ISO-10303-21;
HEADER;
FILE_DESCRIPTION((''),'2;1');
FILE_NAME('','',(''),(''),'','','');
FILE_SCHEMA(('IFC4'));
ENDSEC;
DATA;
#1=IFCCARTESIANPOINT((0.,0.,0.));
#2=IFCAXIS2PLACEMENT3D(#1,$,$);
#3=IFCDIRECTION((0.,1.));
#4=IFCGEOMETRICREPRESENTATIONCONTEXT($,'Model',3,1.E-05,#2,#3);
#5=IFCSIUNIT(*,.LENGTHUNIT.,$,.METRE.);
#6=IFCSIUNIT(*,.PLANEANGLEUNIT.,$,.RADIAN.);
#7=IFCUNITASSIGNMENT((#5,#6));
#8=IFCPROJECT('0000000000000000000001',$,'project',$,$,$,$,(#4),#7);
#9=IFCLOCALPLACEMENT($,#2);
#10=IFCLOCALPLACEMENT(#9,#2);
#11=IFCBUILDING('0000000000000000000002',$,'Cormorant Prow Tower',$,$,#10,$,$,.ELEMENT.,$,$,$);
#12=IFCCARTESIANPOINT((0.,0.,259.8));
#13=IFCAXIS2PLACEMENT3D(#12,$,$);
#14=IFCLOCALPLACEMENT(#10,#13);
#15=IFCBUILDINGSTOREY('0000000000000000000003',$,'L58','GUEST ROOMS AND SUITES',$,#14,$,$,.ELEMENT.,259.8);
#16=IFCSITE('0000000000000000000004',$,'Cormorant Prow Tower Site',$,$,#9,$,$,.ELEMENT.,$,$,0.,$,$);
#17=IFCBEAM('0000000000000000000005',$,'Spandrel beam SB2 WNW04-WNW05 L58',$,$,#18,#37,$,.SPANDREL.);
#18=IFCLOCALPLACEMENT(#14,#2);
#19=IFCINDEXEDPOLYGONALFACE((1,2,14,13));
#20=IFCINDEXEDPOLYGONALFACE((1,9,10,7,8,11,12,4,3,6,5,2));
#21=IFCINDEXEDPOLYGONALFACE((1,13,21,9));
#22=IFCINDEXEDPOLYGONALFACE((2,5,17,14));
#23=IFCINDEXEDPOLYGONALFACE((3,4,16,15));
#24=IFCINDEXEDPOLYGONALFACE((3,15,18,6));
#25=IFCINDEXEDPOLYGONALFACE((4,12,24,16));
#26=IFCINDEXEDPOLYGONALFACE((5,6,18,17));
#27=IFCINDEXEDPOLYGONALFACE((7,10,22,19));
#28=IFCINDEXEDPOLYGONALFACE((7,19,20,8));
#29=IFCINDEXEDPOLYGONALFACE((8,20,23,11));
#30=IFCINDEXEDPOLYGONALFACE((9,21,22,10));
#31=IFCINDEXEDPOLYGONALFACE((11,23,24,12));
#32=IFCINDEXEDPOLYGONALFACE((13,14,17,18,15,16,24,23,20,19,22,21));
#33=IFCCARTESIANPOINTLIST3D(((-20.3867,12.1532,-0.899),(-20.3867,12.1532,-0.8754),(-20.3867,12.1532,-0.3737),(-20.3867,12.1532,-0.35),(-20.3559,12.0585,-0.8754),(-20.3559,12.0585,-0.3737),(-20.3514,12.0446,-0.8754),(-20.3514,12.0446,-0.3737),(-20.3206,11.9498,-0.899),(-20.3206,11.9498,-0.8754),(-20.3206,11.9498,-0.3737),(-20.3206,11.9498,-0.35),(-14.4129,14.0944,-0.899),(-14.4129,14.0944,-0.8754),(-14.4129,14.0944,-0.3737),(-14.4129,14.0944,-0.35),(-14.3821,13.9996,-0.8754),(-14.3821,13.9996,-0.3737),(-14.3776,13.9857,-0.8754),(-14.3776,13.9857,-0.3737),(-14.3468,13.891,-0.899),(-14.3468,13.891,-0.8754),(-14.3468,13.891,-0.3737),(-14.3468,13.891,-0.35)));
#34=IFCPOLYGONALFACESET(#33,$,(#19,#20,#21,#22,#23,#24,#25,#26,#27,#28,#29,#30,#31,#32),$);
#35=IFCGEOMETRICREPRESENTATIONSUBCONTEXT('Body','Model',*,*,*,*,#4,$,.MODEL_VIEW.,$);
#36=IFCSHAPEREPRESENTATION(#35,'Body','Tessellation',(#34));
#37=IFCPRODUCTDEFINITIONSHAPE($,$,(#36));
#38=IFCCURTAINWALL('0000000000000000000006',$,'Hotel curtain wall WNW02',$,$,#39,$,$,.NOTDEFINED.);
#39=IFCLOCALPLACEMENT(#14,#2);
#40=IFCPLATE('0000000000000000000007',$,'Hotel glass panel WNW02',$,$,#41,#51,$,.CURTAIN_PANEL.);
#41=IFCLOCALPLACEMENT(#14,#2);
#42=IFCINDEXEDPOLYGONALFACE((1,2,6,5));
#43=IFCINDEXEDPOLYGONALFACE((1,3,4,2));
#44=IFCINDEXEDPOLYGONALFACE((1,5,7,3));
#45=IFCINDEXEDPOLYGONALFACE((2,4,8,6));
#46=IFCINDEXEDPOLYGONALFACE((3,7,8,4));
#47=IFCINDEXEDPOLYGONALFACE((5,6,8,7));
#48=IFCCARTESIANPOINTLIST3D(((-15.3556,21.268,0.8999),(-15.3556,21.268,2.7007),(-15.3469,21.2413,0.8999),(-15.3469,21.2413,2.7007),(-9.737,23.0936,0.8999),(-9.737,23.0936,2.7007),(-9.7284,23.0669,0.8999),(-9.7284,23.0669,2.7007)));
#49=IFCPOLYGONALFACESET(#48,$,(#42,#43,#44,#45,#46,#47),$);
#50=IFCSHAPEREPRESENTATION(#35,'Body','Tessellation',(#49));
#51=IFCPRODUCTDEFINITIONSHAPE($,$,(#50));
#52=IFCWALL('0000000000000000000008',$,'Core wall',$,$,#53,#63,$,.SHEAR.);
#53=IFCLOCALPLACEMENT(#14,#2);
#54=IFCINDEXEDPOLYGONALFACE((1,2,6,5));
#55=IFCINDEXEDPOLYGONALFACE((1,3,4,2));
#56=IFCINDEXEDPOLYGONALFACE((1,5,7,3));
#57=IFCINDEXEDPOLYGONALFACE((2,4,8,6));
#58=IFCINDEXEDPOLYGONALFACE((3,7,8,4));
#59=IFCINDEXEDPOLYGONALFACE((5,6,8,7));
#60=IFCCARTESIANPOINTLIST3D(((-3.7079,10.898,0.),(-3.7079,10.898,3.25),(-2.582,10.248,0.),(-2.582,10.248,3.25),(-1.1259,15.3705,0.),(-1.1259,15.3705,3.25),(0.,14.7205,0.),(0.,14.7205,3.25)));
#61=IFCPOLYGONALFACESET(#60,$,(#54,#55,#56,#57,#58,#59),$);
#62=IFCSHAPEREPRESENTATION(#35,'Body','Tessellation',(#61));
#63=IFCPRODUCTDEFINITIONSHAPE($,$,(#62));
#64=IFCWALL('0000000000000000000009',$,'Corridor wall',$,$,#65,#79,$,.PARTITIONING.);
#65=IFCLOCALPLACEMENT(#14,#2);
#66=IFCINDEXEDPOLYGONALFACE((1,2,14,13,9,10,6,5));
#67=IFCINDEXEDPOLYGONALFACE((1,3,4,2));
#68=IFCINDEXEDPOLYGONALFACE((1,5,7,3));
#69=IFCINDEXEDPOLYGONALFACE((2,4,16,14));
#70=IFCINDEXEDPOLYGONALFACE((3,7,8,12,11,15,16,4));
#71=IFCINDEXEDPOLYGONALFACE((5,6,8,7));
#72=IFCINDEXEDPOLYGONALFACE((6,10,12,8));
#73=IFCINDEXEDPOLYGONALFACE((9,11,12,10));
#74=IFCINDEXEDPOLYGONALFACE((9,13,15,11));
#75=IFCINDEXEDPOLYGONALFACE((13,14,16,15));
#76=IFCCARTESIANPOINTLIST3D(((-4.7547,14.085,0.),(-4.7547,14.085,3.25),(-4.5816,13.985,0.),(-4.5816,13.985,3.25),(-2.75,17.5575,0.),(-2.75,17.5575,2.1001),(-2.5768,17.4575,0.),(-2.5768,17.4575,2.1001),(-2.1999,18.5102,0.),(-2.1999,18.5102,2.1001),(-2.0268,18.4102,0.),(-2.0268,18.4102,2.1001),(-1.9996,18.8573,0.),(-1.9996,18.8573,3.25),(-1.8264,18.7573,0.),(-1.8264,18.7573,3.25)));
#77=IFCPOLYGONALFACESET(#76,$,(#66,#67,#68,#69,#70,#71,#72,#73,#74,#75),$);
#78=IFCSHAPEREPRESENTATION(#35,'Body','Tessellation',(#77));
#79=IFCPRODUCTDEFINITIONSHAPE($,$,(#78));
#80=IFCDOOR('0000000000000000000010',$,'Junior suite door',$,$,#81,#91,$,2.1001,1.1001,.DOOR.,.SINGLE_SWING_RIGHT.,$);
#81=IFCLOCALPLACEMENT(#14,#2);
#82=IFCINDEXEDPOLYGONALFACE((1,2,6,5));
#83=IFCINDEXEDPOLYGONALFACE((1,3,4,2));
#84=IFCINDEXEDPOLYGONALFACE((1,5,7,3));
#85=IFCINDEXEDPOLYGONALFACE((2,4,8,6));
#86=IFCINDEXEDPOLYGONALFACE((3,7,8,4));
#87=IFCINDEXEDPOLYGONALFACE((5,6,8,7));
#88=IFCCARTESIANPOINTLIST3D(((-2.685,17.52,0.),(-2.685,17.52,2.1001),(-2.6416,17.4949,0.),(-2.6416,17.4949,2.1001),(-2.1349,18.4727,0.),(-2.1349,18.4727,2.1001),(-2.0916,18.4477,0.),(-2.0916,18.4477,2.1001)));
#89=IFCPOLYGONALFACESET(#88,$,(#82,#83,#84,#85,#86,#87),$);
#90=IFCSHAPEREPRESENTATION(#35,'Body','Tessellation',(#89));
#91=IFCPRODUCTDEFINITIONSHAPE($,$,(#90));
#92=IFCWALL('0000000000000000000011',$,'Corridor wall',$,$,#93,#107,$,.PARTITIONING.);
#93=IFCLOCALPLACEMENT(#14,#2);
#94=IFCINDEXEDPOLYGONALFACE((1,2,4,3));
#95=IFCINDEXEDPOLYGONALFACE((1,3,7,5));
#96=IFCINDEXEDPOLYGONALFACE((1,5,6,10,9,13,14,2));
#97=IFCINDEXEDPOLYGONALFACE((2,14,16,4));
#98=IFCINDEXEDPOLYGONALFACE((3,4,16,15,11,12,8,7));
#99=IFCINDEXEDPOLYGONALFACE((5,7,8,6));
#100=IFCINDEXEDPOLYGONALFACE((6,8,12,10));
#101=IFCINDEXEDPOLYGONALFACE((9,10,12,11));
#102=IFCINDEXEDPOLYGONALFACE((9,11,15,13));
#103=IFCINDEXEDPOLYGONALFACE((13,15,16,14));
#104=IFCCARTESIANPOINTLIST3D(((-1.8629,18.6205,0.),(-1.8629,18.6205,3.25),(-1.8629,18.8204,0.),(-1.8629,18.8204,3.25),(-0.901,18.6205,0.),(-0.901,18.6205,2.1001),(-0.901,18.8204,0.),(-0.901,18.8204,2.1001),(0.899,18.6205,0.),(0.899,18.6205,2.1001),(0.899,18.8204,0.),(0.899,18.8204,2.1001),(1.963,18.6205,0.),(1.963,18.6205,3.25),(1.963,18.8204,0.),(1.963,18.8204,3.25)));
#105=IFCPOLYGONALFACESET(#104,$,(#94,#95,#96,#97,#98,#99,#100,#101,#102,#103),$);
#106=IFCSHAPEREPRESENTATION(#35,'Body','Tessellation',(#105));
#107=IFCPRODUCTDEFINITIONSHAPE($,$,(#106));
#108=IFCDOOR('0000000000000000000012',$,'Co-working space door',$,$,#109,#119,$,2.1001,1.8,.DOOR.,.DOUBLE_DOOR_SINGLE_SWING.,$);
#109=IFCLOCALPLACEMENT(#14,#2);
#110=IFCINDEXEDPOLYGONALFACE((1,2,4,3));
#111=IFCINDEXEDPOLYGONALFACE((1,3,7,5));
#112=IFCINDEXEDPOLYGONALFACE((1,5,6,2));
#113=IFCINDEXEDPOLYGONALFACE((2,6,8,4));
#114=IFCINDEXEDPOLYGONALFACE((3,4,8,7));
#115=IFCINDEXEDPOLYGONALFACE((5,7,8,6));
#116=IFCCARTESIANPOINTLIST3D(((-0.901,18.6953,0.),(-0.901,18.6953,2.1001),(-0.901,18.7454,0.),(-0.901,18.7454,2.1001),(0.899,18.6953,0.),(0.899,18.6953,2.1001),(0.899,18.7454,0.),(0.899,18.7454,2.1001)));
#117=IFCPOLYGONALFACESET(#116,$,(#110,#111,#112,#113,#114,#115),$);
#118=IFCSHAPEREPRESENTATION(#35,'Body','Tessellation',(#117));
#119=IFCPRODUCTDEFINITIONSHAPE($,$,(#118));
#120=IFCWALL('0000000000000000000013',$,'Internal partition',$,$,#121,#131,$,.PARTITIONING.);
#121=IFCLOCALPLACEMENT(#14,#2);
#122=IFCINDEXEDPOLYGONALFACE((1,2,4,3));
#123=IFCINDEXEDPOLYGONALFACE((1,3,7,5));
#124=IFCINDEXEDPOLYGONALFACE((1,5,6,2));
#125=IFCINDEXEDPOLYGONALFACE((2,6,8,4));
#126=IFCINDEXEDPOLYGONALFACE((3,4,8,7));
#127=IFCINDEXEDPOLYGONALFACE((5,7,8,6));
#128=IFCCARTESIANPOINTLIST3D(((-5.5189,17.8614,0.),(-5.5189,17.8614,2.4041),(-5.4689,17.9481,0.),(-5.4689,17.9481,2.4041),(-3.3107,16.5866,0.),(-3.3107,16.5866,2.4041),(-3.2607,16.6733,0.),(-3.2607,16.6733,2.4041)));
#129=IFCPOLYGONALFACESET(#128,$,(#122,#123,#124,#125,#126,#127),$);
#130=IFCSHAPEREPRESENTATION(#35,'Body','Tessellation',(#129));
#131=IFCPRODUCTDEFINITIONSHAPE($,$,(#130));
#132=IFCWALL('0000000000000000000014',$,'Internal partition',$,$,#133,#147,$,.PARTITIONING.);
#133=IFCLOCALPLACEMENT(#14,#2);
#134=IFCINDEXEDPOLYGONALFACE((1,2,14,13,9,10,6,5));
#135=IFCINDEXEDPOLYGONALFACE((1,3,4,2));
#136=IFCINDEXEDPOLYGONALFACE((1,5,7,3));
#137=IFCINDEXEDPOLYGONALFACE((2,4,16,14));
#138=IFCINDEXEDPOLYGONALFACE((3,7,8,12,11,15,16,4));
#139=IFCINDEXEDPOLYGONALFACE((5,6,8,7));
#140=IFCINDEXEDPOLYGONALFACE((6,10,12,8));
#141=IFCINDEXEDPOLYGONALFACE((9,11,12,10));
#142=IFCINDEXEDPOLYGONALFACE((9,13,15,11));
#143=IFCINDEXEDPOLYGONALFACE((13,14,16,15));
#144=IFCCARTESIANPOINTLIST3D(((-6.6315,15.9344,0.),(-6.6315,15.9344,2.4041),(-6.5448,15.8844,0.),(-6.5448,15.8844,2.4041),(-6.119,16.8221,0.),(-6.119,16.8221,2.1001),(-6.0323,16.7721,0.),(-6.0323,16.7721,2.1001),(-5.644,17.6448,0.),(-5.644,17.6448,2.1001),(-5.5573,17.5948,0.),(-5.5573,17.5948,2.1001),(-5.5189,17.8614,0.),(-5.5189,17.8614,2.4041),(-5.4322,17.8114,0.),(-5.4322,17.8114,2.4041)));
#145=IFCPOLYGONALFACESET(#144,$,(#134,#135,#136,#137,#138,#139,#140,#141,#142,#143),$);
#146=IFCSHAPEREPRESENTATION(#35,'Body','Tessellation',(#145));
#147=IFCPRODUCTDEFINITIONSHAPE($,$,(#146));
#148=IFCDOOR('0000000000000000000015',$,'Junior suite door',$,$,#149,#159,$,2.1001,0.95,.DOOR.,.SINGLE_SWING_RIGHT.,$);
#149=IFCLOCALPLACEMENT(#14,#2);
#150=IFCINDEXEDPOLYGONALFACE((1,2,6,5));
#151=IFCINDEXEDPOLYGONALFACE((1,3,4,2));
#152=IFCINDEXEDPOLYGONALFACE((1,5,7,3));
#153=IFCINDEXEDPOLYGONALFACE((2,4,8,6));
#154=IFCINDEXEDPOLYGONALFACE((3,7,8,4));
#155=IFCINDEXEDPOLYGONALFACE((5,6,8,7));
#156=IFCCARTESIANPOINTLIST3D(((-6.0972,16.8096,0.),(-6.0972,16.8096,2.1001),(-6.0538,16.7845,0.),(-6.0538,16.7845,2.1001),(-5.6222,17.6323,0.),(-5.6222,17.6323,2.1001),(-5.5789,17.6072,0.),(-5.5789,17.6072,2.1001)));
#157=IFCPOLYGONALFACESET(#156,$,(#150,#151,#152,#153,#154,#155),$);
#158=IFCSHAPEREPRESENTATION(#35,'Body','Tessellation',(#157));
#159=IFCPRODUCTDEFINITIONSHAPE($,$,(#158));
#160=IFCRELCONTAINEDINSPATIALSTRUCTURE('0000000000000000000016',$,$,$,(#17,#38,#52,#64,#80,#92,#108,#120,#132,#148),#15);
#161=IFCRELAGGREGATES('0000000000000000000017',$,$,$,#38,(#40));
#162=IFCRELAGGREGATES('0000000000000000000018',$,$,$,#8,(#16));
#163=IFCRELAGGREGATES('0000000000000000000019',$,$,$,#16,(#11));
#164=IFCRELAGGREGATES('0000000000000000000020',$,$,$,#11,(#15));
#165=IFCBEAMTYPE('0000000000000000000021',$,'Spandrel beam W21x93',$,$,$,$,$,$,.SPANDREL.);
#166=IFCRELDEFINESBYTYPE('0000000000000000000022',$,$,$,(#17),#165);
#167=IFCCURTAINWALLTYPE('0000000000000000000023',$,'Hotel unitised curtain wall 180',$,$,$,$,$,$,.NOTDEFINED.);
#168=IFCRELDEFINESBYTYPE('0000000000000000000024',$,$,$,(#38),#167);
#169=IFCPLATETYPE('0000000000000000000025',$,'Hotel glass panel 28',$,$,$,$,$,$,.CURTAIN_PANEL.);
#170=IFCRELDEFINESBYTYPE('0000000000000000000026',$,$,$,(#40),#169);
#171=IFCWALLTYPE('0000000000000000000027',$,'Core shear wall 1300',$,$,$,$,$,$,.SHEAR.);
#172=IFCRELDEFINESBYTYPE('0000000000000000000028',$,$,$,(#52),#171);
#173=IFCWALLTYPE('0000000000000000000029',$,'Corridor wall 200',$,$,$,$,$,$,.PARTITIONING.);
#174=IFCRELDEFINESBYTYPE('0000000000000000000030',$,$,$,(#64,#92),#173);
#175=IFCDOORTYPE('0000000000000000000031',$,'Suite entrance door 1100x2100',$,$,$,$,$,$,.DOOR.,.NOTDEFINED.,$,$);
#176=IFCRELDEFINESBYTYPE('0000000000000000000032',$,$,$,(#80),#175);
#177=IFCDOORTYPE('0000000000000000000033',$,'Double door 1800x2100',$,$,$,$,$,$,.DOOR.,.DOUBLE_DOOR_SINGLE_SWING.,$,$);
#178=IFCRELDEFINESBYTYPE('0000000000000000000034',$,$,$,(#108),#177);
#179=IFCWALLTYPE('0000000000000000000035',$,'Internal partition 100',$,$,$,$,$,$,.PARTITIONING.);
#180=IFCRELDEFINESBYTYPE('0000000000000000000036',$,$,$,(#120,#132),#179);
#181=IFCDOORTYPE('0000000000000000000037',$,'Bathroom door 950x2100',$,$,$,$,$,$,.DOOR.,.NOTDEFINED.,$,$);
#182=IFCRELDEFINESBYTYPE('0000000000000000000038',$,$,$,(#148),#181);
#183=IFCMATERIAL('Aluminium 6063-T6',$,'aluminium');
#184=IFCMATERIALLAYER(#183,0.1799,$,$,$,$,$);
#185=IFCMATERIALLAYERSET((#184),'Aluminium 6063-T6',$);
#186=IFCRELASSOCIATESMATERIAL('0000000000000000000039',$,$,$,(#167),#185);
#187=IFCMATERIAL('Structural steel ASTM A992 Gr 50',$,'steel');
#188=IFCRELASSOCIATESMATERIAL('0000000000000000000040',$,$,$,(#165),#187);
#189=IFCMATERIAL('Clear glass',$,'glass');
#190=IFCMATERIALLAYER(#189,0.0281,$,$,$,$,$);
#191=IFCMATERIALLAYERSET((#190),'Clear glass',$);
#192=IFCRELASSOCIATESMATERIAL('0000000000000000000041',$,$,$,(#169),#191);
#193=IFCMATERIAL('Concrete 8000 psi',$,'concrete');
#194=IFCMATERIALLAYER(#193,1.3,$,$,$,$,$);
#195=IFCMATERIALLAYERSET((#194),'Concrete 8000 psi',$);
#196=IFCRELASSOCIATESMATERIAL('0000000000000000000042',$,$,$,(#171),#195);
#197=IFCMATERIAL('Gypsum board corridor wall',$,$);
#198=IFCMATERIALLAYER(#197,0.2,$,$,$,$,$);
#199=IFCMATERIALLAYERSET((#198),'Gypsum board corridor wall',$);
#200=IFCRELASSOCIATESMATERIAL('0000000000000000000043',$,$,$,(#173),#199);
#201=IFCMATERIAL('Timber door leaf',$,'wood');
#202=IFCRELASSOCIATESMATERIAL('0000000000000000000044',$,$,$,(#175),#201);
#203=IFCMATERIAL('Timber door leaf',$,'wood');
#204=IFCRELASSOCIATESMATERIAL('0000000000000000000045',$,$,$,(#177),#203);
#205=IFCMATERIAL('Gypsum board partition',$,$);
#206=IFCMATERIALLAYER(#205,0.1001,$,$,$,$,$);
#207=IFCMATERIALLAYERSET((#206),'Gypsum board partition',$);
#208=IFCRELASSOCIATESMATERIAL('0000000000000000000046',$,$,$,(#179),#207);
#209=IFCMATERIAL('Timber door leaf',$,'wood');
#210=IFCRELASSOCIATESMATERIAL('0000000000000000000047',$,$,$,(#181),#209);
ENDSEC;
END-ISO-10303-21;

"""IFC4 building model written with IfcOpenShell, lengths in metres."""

from ifc_helpers import new_model, si_unit, direction, frame, frame_2d, origin, origin_2d, place, context, subcontext, project, spatial, rectangle, i_section, extrude, material, layer, layer_set, material_profile, profile_set, type_object, element, fill, aggregate, save


model = new_model("IFC4")

# Units and contexts
model_context = context("Model", 3, precision=1e-05, world=origin(), true_north=direction((0.0, 1.0)))
body_context = subcontext(model_context, "Body", "Model", "MODEL_VIEW")
ifc_project = project(units=[si_unit("LENGTHUNIT", "METRE"), si_unit("PLANEANGLEUNIT", "RADIAN")], contexts=[model_context])

# Site, building, storey
site_placement = place(None, origin())
site = spatial("IfcSite", under=ifc_project, at=site_placement, Name="Cormorant Prow Tower Site", CompositionType="ELEMENT", RefElevation=0.0)
building_placement = place(site_placement, origin())
building = spatial("IfcBuilding", under=site, at=building_placement, Name="Cormorant Prow Tower", CompositionType="ELEMENT")
storey_placement = place(building_placement, frame((0.0, 0.0, 259.8)))
storey = spatial("IfcBuildingStorey", under=building, at=storey_placement, Name="L58", Description="GUEST ROOMS AND SUITES", CompositionType="ELEMENT", Elevation=259.8)

# Shared definitions
ifc_material_1 = material(Name="Aluminium 6063-T6", Category="aluminium")
ifc_layer_1 = layer(ifc_material_1, 0.1799)
ifc_layer_set_1 = layer_set([ifc_layer_1], Name="Aluminium 6063-T6")
curtain_wall_type = type_object("IfcCurtainWallType", Name="Hotel unitised curtain wall 180", PredefinedType="NOTDEFINED", material=ifc_layer_set_1)

# Beam
ifc_material_2 = material(Name="Structural steel ASTM A992 Gr 50", Category="steel")
ifc_material_profile_1 = material_profile(ifc_material_2, i_section(OverallWidth=0.2139, OverallDepth=0.5491, WebThickness=0.0146, FlangeThickness=0.0237, at=origin_2d()), Name="W21x93")
ifc_profile_set_1 = profile_set([ifc_material_profile_1], Name="Structural steel ASTM A992 Gr 50")
beam_type_1 = type_object("IfcBeamType", Name="Spandrel beam W21x93", PredefinedType="SPANDREL", material=ifc_profile_set_1)
beam_1_placement = place(storey_placement, frame((-14.3799, 13.9927, -0.6245), z_axis=(-0.95105, -0.309036, 0.0), x_axis=(0.309036, -0.95105, 0.0)))
element("IfcBeam", 1, at=beam_1_placement, inside=storey, type_object=beam_type_1, Name="Spandrel beam SB2 WNW04-WNW05 L58", PredefinedType="SPANDREL", context=body_context, shape_type="SweptSolid", body=[
    extrude(i_section(OverallWidth=0.2139, OverallDepth=0.5491, WebThickness=0.0146, FlangeThickness=0.0237, at=origin_2d()), origin(), (0.0, 0.0, 1.0), 6.2812),
])

# Curtain wall, plate
curtain_wall_1_placement = place(storey_placement, origin())
curtain_wall_1 = element("IfcCurtainWall", 2, at=curtain_wall_1_placement, inside=storey, type_object=curtain_wall_type, Name="Hotel curtain wall WNW02", PredefinedType="NOTDEFINED")
ifc_material_3 = material(Name="Clear glass", Category="glass")
ifc_layer_2 = layer(ifc_material_3, 0.0281)
ifc_layer_set_2 = layer_set([ifc_layer_2], Name="Clear glass")
plate_type = type_object("IfcPlateType", Name="Hotel glass panel 28", PredefinedType="CURTAIN_PANEL", material=ifc_layer_set_2)
plate_placement = place(storey_placement, frame((-12.542, 22.1675, 0.8999), z_axis=(0.0, 0.0, 1.0), x_axis=(-0.951057, -0.309017, 0.0)))
plate = element("IfcPlate", 3, at=plate_placement, type_object=plate_type, Name="Hotel glass panel WNW02", PredefinedType="CURTAIN_PANEL", context=body_context, shape_type="SweptSolid", body=[
    extrude(rectangle(XDim=5.9077, YDim=0.0281, at=origin_2d()), origin(), (0.0, 0.0, 1.0), 1.8008),
])
aggregate(curtain_wall_1, [plate])

# Wall
ifc_material_4 = material(Name="Concrete 8000 psi", Category="concrete")
ifc_layer_3 = layer(ifc_material_4, 1.3)
ifc_layer_set_3 = layer_set([ifc_layer_3], Name="Concrete 8000 psi")
wall_type_1 = type_object("IfcWallType", Name="Core shear wall 1300", PredefinedType="SHEAR", material=ifc_layer_set_3)
wall_1_placement = place(storey_placement, frame((-0.563, 15.0454, 0.0), z_axis=(0.0, 0.0, 1.0), x_axis=(-0.499983, -0.866035, 0.0)))
element("IfcWall", 4, at=wall_1_placement, inside=storey, type_object=wall_type_1, Name="Core wall", PredefinedType="SHEAR", context=body_context, shape_type="SweptSolid", body=[
    extrude(rectangle(XDim=5.1643, YDim=1.3, at=frame_2d((2.582, 0.0))), origin(), (0.0, 0.0, 1.0), 3.25),
])

# Walls, openings, doors
ifc_material_5 = material(Name="Gypsum board corridor wall")
ifc_layer_4 = layer(ifc_material_5, 0.2)
ifc_layer_set_4 = layer_set([ifc_layer_4], Name="Gypsum board corridor wall")
wall_type_2 = type_object("IfcWallType", Name="Corridor wall 200", PredefinedType="PARTITIONING", material=ifc_layer_set_4)
wall_2_placement = place(storey_placement, frame((-4.6682, 14.0349, 0.0), z_axis=(0.0, 0.0, 1.0), x_axis=(0.499985, 0.866034, 0.0)))
wall_2 = element("IfcWall", 5, at=wall_2_placement, inside=storey, type_object=wall_type_2, Name="Corridor wall", PredefinedType="PARTITIONING", context=body_context, shape_type="SweptSolid", body=[
    extrude(rectangle(XDim=5.5105, YDim=0.2, at=frame_2d((2.7554, 0.0))), origin(), (0.0, 0.0, 1.0), 3.25),
])
opening_1_placement = place(wall_2_placement, frame((4.0098, 0.0, 0.0)))
opening_1 = element("IfcOpeningElement", 6, at=opening_1_placement, cuts=wall_2, PredefinedType="OPENING", context=body_context, shape_type="SweptSolid", body=[
    extrude(rectangle(XDim=1.1001, YDim=2.1001, at=frame_2d((0.55, 1.05))), frame((0.0, 0.1099, 0.0), z_axis=(0.0, -1.0, 0.0), x_axis=(1.0, 0.0, 0.0)), (0.0, 0.0, 1.0), 0.22),
])
ifc_material_6 = material(Name="Timber door leaf", Category="wood")
door_type_1 = type_object("IfcDoorType", Name="Suite entrance door 1100x2100", OperationType="NOTDEFINED", PredefinedType="DOOR", material=ifc_material_6)
door_1_placement = place(opening_1_placement, origin())
door_1 = element("IfcDoor", 7, at=door_1_placement, inside=storey, type_object=door_type_1, Name="Junior suite door", OperationType="SINGLE_SWING_RIGHT", OverallHeight=2.1001, OverallWidth=1.1001, PredefinedType="DOOR", context=body_context, shape_type="SweptSolid", body=[
    extrude(rectangle(XDim=1.1001, YDim=2.1001, at=frame_2d((0.55, 1.05))), frame((0.0, 0.0249, 0.0), z_axis=(0.0, -1.0, 0.0), x_axis=(1.0, 0.0, 0.0)), (0.0, 0.0, 1.0), 0.05),
])
fill(opening_1, door_1)
wall_3_placement = place(storey_placement, frame((-1.863, 18.7205, 0.0), z_axis=(0.0, 0.0, 1.0), x_axis=(1.0, 0.0, 0.0)))
wall_3 = element("IfcWall", 8, at=wall_3_placement, inside=storey, type_object=wall_type_2, Name="Corridor wall", PredefinedType="PARTITIONING", context=body_context, shape_type="SweptSolid", body=[
    extrude(rectangle(XDim=3.8259, YDim=0.2, at=frame_2d((1.9131, 0.0))), origin(), (0.0, 0.0, 1.0), 3.25),
])
opening_2_placement = place(wall_3_placement, frame((0.9622, 0.0, 0.0)))
opening_2 = element("IfcOpeningElement", 9, at=opening_2_placement, cuts=wall_3, PredefinedType="OPENING", context=body_context, shape_type="SweptSolid", body=[
    extrude(rectangle(XDim=1.8, YDim=2.1001, at=frame_2d((0.8999, 1.05))), frame((0.0, 0.1099, 0.0), z_axis=(0.0, -1.0, 0.0), x_axis=(1.0, 0.0, 0.0)), (0.0, 0.0, 1.0), 0.22),
])
ifc_material_7 = material(Name="Timber door leaf", Category="wood")
door_type_2 = type_object("IfcDoorType", Name="Double door 1800x2100", OperationType="DOUBLE_DOOR_SINGLE_SWING", PredefinedType="DOOR", material=ifc_material_7)
door_2_placement = place(opening_2_placement, origin())
door_2 = element("IfcDoor", 10, at=door_2_placement, inside=storey, type_object=door_type_2, Name="Co-working space door", OperationType="DOUBLE_DOOR_SINGLE_SWING", OverallHeight=2.1001, OverallWidth=1.8, PredefinedType="DOOR", context=body_context, shape_type="SweptSolid", body=[
    extrude(rectangle(XDim=1.8, YDim=2.1001, at=frame_2d((0.8999, 1.05))), frame((0.0, 0.0249, 0.0), z_axis=(0.0, -1.0, 0.0), x_axis=(1.0, 0.0, 0.0)), (0.0, 0.0, 1.0), 0.05),
])
fill(opening_2, door_2)

# Wall
ifc_material_8 = material(Name="Gypsum board partition")
ifc_layer_5 = layer(ifc_material_8, 0.1001)
ifc_layer_set_5 = layer_set([ifc_layer_5], Name="Gypsum board partition")
wall_type_3 = type_object("IfcWallType", Name="Internal partition 100", PredefinedType="PARTITIONING", material=ifc_layer_set_5)
wall_4_placement = place(storey_placement, frame((-5.4939, 17.9048, 0.0), z_axis=(0.0, 0.0, 1.0), x_axis=(0.866031, -0.49999, 0.0)))
element("IfcWall", 11, at=wall_4_placement, inside=storey, type_object=wall_type_3, Name="Internal partition", PredefinedType="PARTITIONING", context=body_context, shape_type="SweptSolid", body=[
    extrude(rectangle(XDim=2.5498, YDim=0.1001, at=frame_2d((1.2749, 0.0))), origin(), (0.0, 0.0, 1.0), 2.4041),
])

# Wall, opening, door
wall_5_placement = place(storey_placement, frame((-6.5881, 15.9094, 0.0), z_axis=(0.0, 0.0, 1.0), x_axis=(0.499998, 0.866027, 0.0)))
wall_5 = element("IfcWall", 12, at=wall_5_placement, inside=storey, type_object=wall_type_3, Name="Internal partition", PredefinedType="PARTITIONING", context=body_context, shape_type="SweptSolid", body=[
    extrude(rectangle(XDim=2.2251, YDim=0.1001, at=frame_2d((1.1125, 0.0))), origin(), (0.0, 0.0, 1.0), 2.4041),
])
opening_3_placement = place(wall_5_placement, frame((1.0249, 0.0, 0.0)))
opening_3 = element("IfcOpeningElement", 13, at=opening_3_placement, cuts=wall_5, PredefinedType="OPENING", context=body_context, shape_type="SweptSolid", body=[
    extrude(rectangle(XDim=0.95, YDim=2.1001, at=frame_2d((0.4751, 1.05))), frame((0.0, 0.0601, 0.0), z_axis=(0.0, -1.0, 0.0), x_axis=(1.0, 0.0, 0.0)), (0.0, 0.0, 1.0), 0.1201),
])
ifc_material_9 = material(Name="Timber door leaf", Category="wood")
door_type_3 = type_object("IfcDoorType", Name="Bathroom door 950x2100", OperationType="NOTDEFINED", PredefinedType="DOOR", material=ifc_material_9)
door_3_placement = place(opening_3_placement, origin())
door_3 = element("IfcDoor", 14, at=door_3_placement, inside=storey, type_object=door_type_3, Name="Junior suite door", OperationType="SINGLE_SWING_RIGHT", OverallHeight=2.1001, OverallWidth=0.95, PredefinedType="DOOR", context=body_context, shape_type="SweptSolid", body=[
    extrude(rectangle(XDim=0.95, YDim=2.1001, at=frame_2d((0.4751, 1.05))), frame((0.0, 0.0249, 0.0), z_axis=(0.0, -1.0, 0.0), x_axis=(1.0, 0.0, 0.0)), (0.0, 0.0, 1.0), 0.05),
])
fill(opening_3, door_3)

save(model, "model.ifc")
